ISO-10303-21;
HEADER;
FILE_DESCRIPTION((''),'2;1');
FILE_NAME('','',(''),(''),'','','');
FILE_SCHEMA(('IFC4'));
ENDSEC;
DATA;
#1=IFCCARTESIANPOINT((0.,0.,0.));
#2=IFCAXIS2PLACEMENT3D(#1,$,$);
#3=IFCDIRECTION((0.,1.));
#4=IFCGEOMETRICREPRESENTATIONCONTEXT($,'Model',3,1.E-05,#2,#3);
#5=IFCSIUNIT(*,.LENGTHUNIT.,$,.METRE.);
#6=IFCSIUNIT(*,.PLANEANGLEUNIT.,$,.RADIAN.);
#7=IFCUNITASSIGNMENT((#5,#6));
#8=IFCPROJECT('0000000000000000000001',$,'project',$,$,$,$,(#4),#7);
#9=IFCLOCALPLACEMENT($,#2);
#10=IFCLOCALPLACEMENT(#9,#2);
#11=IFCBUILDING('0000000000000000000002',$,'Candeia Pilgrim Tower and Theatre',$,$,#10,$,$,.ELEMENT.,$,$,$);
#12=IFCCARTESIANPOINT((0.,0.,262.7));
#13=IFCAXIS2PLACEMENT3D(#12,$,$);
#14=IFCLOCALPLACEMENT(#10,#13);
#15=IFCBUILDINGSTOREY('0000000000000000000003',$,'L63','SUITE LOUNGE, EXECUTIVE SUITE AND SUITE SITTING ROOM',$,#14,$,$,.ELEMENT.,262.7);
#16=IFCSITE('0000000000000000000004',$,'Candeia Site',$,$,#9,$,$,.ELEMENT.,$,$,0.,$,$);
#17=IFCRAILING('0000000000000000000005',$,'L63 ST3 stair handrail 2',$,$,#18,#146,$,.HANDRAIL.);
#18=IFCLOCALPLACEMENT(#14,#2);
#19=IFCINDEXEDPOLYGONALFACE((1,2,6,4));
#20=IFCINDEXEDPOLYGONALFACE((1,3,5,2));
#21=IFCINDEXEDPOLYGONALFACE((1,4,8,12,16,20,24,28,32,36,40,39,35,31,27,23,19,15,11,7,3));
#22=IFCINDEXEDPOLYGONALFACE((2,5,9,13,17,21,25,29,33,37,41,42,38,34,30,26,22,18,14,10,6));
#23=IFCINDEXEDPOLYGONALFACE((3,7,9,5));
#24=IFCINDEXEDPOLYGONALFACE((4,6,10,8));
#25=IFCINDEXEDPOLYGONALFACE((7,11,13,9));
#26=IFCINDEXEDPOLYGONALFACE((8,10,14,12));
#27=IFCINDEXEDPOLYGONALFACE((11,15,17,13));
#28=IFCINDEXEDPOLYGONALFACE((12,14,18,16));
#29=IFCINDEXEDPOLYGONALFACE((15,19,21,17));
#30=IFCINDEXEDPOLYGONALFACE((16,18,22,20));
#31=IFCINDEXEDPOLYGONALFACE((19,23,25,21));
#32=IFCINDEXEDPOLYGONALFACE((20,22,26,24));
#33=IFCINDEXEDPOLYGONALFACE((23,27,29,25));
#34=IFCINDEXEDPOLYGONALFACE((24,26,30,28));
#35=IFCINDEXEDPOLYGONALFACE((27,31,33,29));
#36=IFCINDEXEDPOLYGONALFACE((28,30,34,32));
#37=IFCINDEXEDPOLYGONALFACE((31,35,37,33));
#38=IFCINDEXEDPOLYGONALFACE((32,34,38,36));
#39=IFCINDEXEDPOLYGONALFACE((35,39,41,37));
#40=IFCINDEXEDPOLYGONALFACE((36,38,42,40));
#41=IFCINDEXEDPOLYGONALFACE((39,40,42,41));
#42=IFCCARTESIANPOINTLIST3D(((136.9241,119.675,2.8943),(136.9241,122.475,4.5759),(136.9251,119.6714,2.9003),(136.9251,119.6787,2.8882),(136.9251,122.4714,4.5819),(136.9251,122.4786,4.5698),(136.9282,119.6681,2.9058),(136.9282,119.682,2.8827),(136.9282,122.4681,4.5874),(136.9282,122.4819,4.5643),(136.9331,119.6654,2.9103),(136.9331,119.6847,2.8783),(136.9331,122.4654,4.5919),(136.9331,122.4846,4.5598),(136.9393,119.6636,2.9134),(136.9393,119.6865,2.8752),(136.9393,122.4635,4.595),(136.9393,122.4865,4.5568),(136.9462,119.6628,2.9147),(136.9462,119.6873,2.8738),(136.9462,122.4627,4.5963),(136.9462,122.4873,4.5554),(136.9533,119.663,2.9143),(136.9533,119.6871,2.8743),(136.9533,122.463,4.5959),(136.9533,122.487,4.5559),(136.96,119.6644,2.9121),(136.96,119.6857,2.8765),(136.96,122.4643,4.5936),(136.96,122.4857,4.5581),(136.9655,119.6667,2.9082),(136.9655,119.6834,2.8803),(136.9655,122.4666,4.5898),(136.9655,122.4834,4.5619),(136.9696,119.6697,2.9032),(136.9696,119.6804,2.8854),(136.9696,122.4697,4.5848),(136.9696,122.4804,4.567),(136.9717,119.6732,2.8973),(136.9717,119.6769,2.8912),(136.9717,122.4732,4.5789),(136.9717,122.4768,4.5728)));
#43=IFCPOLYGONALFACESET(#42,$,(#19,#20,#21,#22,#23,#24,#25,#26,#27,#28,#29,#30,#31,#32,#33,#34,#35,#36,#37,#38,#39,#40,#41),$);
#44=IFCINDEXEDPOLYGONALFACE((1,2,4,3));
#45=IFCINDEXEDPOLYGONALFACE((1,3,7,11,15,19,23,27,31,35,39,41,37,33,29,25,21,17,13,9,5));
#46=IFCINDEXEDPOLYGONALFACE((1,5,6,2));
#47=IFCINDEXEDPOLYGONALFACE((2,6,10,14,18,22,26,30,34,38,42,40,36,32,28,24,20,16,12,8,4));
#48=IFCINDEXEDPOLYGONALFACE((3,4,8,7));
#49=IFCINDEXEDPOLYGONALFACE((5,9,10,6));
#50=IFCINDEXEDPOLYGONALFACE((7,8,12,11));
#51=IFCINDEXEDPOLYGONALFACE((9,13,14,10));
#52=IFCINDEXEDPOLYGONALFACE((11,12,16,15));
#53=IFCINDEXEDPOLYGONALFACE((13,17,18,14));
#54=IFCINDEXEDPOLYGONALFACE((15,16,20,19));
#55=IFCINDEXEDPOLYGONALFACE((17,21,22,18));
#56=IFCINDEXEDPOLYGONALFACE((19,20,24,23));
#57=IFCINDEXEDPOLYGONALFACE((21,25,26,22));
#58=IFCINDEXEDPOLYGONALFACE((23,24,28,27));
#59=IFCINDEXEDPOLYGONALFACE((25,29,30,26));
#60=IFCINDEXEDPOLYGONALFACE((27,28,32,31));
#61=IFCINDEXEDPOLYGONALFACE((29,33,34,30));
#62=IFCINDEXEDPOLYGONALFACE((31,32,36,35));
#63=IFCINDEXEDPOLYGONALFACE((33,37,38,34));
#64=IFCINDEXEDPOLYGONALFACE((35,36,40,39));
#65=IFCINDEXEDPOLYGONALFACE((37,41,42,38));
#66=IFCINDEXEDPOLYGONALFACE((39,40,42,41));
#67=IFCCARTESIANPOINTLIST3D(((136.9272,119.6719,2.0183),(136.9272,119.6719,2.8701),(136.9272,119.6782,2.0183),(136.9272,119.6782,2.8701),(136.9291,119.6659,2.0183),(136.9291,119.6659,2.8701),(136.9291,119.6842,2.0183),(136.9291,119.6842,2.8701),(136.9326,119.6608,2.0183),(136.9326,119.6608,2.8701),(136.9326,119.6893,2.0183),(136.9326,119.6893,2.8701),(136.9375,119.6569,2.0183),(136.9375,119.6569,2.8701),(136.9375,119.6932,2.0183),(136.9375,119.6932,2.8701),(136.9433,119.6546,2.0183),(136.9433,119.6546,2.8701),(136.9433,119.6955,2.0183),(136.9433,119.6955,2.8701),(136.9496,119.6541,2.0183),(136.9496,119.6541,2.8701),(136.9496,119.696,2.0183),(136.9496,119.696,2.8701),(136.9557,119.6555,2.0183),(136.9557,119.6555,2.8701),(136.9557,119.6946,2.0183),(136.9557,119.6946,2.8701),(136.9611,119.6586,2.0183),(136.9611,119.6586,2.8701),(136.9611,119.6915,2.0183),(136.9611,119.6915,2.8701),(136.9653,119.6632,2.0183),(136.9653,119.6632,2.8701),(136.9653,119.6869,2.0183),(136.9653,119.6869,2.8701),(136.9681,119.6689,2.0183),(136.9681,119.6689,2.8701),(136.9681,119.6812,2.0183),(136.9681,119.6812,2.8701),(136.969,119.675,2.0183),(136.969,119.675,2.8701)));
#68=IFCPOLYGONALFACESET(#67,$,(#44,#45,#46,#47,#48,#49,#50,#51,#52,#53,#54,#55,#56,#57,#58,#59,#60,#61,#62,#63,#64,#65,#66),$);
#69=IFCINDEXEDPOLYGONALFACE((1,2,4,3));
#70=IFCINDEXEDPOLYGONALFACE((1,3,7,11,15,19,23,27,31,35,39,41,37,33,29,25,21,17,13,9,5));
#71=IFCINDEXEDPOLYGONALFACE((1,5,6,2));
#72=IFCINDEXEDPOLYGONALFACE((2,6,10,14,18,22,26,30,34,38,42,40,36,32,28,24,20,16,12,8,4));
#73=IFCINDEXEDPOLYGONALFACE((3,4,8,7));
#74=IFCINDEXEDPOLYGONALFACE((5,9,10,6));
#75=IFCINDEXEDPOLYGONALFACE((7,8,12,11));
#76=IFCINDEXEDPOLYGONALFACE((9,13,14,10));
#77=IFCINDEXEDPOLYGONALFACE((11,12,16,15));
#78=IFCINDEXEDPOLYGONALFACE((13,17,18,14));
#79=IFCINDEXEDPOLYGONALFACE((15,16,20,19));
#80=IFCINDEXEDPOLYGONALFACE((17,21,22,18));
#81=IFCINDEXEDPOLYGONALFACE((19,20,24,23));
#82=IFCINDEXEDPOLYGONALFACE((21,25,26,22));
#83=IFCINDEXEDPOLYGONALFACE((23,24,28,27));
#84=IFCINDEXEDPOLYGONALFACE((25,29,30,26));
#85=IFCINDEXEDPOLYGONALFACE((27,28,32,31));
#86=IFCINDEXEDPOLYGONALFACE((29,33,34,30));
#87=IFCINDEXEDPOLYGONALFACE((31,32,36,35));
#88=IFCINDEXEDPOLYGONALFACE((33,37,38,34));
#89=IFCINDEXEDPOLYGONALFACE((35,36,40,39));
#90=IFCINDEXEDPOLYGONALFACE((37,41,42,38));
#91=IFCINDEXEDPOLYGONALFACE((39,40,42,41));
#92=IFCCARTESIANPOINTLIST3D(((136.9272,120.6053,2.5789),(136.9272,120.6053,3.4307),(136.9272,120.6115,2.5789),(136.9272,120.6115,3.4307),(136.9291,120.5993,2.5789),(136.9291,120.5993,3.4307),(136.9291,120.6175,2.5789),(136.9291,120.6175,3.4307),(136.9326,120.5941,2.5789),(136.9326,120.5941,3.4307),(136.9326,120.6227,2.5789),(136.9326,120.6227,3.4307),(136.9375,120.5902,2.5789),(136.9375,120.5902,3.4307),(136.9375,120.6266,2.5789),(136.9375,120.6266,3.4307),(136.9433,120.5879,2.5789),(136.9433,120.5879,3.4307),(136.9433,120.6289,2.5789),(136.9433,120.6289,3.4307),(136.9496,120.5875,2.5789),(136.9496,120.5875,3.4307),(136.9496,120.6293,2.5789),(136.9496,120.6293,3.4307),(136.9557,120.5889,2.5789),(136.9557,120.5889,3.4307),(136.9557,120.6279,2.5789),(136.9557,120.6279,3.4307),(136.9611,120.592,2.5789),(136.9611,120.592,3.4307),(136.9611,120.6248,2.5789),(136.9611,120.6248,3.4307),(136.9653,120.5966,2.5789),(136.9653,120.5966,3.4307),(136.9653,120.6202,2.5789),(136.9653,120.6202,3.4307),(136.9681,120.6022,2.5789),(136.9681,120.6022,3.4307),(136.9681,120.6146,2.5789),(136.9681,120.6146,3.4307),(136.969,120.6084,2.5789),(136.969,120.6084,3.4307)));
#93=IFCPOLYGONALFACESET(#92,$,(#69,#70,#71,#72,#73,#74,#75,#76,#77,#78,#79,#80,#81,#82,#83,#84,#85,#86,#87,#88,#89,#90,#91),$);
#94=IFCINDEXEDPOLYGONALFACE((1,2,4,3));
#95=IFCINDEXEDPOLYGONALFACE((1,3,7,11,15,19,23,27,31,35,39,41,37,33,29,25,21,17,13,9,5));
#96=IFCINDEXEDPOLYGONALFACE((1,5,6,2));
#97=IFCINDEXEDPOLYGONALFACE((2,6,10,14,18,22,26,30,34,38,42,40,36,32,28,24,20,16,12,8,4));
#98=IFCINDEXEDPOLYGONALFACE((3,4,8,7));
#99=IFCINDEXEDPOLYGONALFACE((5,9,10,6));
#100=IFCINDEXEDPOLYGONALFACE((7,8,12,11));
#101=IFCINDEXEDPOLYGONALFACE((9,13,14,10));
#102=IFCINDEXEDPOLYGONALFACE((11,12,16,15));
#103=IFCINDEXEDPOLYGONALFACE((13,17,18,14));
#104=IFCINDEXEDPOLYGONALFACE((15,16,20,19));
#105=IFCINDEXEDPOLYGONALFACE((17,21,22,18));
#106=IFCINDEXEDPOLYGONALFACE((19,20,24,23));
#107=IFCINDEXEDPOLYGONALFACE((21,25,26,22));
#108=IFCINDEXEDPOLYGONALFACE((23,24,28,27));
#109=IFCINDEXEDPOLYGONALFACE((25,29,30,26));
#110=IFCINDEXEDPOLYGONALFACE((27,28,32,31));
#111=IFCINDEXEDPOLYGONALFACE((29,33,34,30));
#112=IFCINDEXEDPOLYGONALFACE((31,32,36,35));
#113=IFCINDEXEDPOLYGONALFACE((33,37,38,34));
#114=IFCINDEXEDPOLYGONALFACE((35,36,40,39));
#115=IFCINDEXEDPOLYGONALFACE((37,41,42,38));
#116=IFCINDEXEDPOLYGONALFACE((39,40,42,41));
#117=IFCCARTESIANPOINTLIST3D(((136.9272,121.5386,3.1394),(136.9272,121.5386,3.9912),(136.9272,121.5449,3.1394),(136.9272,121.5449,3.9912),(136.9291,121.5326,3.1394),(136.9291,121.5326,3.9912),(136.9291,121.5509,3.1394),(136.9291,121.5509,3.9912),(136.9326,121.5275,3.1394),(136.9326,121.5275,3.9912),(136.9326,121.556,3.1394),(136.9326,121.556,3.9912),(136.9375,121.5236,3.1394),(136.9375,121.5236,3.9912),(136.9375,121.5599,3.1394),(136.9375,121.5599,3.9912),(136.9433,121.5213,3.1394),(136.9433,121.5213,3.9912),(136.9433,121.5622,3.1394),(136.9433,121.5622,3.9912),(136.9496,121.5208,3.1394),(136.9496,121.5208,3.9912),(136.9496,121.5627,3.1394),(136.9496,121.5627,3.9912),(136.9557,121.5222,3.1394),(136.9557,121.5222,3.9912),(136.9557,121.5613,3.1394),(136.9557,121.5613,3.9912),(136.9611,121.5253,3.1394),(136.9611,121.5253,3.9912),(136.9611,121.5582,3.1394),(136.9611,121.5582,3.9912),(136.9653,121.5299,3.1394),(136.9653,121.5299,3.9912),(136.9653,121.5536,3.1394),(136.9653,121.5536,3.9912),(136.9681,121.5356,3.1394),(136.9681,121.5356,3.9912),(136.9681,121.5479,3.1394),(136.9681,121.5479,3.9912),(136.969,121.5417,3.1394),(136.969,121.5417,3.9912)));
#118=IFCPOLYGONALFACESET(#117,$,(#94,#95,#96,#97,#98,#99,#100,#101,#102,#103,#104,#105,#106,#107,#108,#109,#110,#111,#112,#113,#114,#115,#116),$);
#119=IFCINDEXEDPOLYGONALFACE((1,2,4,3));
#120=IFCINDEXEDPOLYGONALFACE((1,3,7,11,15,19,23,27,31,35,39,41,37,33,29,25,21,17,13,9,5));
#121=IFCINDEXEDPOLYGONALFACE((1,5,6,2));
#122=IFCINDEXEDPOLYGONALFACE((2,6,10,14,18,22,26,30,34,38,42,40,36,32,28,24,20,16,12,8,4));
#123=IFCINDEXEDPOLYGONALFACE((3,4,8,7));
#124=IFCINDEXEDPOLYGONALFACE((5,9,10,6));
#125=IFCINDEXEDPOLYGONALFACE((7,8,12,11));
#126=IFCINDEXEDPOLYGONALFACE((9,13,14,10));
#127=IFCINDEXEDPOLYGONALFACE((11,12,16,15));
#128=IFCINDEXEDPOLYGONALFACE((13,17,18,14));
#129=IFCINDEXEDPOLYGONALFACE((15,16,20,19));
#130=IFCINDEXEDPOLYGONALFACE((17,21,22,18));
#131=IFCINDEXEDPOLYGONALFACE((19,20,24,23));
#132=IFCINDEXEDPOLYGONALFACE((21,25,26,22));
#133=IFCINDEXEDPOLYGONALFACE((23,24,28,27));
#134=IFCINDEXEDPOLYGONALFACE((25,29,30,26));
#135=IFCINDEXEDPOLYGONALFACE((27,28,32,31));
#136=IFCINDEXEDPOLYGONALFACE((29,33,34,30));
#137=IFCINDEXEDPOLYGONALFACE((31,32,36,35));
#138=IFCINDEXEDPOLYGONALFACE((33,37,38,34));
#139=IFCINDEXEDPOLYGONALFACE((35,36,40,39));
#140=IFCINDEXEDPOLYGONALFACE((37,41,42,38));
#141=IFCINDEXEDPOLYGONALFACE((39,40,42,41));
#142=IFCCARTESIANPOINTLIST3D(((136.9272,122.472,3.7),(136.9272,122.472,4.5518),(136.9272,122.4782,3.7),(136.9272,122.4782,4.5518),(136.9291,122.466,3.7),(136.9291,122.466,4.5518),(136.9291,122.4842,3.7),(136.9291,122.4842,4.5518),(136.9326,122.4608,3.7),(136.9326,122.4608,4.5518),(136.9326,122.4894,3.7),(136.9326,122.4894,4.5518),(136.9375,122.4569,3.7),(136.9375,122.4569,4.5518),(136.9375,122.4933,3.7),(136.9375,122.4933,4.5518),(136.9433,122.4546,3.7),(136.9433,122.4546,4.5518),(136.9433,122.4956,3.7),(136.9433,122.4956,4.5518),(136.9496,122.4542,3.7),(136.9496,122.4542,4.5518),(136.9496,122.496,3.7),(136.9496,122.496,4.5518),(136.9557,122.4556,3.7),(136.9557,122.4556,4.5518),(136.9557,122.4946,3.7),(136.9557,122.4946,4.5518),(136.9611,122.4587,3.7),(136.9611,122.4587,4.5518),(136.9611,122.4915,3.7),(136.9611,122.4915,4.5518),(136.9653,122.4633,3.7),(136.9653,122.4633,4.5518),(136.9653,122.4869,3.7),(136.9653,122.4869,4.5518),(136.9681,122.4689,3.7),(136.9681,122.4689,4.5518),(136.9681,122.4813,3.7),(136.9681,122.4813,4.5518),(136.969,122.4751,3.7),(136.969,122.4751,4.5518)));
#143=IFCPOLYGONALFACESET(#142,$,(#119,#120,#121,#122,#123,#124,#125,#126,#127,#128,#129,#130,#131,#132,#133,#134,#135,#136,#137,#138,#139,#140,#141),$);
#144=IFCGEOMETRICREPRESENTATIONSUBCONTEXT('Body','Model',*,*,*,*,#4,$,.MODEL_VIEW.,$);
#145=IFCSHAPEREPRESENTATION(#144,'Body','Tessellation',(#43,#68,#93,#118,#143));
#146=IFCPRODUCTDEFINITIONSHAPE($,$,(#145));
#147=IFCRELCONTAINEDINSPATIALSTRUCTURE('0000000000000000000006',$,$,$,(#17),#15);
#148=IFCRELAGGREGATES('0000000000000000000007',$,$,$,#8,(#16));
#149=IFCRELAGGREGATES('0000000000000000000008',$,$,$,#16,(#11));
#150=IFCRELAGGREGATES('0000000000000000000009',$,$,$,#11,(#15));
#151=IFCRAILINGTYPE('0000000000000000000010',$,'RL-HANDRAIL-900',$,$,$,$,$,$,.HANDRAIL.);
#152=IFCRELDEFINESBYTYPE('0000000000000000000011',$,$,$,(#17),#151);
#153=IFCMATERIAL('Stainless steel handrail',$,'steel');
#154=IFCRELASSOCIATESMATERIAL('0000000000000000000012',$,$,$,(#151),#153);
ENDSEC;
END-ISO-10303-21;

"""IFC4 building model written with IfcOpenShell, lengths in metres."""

from ifc_helpers import new_model, si_unit, direction, frame, origin, origin_2d, place, context, subcontext, project, spatial, circle, extrude, material, type_object, element, save


model = new_model("IFC4")

# Units and contexts
model_context = context("Model", 3, precision=1e-05, world=origin(), true_north=direction((0.0, 1.0)))
body_context = subcontext(model_context, "Body", "Model", "MODEL_VIEW")
ifc_project = project(units=[si_unit("LENGTHUNIT", "METRE"), si_unit("PLANEANGLEUNIT", "RADIAN")], contexts=[model_context])

# Site, building, storey
site_placement = place(None, origin())
site = spatial("IfcSite", under=ifc_project, at=site_placement, Name="Candeia Site", CompositionType="ELEMENT", RefElevation=0.0)
building_placement = place(site_placement, origin())
building = spatial("IfcBuilding", under=site, at=building_placement, Name="Candeia Pilgrim Tower and Theatre", CompositionType="ELEMENT")
storey_placement = place(building_placement, frame((0.0, 0.0, 262.7)))
storey = spatial("IfcBuildingStorey", under=building, at=storey_placement, Name="L63", Description="SUITE LOUNGE, EXECUTIVE SUITE AND SUITE SITTING ROOM", CompositionType="ELEMENT", Elevation=262.7)

# Railing
ifc_material_1 = material(Name="Stainless steel handrail", Category="steel")
railing_type_1 = type_object("IfcRailingType", Name="RL-HANDRAIL-900", PredefinedType="HANDRAIL", material=ifc_material_1)
railing_1_placement = place(storey_placement, frame((136.948, 119.675, 2.0183)))
element("IfcRailing", 1, at=railing_1_placement, inside=storey, type_object=railing_type_1, Name="L63 ST3 stair handrail 2", PredefinedType="HANDRAIL", context=body_context, shape_type="SweptSolid", body=[
    extrude(circle(Radius=0.0239, at=origin_2d()), frame((0.0, 0.0, 0.876), z_axis=(0.0, 0.857275, 0.514858), x_axis=(-1.0, 0.0, 0.0)), (0.0, 0.0, 1.0), 3.2661),
    extrude(circle(Radius=0.021, at=origin_2d()), origin(), (0.0, 0.0, 1.0), 0.8518),
    extrude(circle(Radius=0.021, at=origin_2d()), frame((0.0, 0.9333, 0.5605)), (0.0, 0.0, 1.0), 0.8518),
    extrude(circle(Radius=0.021, at=origin_2d()), frame((0.0, 1.8667, 1.1211)), (0.0, 0.0, 1.0), 0.8518),
    extrude(circle(Radius=0.021, at=origin_2d()), frame((0.0, 2.8, 1.6816)), (0.0, 0.0, 1.0), 0.8518),
])

save(model, "model.ifc")
